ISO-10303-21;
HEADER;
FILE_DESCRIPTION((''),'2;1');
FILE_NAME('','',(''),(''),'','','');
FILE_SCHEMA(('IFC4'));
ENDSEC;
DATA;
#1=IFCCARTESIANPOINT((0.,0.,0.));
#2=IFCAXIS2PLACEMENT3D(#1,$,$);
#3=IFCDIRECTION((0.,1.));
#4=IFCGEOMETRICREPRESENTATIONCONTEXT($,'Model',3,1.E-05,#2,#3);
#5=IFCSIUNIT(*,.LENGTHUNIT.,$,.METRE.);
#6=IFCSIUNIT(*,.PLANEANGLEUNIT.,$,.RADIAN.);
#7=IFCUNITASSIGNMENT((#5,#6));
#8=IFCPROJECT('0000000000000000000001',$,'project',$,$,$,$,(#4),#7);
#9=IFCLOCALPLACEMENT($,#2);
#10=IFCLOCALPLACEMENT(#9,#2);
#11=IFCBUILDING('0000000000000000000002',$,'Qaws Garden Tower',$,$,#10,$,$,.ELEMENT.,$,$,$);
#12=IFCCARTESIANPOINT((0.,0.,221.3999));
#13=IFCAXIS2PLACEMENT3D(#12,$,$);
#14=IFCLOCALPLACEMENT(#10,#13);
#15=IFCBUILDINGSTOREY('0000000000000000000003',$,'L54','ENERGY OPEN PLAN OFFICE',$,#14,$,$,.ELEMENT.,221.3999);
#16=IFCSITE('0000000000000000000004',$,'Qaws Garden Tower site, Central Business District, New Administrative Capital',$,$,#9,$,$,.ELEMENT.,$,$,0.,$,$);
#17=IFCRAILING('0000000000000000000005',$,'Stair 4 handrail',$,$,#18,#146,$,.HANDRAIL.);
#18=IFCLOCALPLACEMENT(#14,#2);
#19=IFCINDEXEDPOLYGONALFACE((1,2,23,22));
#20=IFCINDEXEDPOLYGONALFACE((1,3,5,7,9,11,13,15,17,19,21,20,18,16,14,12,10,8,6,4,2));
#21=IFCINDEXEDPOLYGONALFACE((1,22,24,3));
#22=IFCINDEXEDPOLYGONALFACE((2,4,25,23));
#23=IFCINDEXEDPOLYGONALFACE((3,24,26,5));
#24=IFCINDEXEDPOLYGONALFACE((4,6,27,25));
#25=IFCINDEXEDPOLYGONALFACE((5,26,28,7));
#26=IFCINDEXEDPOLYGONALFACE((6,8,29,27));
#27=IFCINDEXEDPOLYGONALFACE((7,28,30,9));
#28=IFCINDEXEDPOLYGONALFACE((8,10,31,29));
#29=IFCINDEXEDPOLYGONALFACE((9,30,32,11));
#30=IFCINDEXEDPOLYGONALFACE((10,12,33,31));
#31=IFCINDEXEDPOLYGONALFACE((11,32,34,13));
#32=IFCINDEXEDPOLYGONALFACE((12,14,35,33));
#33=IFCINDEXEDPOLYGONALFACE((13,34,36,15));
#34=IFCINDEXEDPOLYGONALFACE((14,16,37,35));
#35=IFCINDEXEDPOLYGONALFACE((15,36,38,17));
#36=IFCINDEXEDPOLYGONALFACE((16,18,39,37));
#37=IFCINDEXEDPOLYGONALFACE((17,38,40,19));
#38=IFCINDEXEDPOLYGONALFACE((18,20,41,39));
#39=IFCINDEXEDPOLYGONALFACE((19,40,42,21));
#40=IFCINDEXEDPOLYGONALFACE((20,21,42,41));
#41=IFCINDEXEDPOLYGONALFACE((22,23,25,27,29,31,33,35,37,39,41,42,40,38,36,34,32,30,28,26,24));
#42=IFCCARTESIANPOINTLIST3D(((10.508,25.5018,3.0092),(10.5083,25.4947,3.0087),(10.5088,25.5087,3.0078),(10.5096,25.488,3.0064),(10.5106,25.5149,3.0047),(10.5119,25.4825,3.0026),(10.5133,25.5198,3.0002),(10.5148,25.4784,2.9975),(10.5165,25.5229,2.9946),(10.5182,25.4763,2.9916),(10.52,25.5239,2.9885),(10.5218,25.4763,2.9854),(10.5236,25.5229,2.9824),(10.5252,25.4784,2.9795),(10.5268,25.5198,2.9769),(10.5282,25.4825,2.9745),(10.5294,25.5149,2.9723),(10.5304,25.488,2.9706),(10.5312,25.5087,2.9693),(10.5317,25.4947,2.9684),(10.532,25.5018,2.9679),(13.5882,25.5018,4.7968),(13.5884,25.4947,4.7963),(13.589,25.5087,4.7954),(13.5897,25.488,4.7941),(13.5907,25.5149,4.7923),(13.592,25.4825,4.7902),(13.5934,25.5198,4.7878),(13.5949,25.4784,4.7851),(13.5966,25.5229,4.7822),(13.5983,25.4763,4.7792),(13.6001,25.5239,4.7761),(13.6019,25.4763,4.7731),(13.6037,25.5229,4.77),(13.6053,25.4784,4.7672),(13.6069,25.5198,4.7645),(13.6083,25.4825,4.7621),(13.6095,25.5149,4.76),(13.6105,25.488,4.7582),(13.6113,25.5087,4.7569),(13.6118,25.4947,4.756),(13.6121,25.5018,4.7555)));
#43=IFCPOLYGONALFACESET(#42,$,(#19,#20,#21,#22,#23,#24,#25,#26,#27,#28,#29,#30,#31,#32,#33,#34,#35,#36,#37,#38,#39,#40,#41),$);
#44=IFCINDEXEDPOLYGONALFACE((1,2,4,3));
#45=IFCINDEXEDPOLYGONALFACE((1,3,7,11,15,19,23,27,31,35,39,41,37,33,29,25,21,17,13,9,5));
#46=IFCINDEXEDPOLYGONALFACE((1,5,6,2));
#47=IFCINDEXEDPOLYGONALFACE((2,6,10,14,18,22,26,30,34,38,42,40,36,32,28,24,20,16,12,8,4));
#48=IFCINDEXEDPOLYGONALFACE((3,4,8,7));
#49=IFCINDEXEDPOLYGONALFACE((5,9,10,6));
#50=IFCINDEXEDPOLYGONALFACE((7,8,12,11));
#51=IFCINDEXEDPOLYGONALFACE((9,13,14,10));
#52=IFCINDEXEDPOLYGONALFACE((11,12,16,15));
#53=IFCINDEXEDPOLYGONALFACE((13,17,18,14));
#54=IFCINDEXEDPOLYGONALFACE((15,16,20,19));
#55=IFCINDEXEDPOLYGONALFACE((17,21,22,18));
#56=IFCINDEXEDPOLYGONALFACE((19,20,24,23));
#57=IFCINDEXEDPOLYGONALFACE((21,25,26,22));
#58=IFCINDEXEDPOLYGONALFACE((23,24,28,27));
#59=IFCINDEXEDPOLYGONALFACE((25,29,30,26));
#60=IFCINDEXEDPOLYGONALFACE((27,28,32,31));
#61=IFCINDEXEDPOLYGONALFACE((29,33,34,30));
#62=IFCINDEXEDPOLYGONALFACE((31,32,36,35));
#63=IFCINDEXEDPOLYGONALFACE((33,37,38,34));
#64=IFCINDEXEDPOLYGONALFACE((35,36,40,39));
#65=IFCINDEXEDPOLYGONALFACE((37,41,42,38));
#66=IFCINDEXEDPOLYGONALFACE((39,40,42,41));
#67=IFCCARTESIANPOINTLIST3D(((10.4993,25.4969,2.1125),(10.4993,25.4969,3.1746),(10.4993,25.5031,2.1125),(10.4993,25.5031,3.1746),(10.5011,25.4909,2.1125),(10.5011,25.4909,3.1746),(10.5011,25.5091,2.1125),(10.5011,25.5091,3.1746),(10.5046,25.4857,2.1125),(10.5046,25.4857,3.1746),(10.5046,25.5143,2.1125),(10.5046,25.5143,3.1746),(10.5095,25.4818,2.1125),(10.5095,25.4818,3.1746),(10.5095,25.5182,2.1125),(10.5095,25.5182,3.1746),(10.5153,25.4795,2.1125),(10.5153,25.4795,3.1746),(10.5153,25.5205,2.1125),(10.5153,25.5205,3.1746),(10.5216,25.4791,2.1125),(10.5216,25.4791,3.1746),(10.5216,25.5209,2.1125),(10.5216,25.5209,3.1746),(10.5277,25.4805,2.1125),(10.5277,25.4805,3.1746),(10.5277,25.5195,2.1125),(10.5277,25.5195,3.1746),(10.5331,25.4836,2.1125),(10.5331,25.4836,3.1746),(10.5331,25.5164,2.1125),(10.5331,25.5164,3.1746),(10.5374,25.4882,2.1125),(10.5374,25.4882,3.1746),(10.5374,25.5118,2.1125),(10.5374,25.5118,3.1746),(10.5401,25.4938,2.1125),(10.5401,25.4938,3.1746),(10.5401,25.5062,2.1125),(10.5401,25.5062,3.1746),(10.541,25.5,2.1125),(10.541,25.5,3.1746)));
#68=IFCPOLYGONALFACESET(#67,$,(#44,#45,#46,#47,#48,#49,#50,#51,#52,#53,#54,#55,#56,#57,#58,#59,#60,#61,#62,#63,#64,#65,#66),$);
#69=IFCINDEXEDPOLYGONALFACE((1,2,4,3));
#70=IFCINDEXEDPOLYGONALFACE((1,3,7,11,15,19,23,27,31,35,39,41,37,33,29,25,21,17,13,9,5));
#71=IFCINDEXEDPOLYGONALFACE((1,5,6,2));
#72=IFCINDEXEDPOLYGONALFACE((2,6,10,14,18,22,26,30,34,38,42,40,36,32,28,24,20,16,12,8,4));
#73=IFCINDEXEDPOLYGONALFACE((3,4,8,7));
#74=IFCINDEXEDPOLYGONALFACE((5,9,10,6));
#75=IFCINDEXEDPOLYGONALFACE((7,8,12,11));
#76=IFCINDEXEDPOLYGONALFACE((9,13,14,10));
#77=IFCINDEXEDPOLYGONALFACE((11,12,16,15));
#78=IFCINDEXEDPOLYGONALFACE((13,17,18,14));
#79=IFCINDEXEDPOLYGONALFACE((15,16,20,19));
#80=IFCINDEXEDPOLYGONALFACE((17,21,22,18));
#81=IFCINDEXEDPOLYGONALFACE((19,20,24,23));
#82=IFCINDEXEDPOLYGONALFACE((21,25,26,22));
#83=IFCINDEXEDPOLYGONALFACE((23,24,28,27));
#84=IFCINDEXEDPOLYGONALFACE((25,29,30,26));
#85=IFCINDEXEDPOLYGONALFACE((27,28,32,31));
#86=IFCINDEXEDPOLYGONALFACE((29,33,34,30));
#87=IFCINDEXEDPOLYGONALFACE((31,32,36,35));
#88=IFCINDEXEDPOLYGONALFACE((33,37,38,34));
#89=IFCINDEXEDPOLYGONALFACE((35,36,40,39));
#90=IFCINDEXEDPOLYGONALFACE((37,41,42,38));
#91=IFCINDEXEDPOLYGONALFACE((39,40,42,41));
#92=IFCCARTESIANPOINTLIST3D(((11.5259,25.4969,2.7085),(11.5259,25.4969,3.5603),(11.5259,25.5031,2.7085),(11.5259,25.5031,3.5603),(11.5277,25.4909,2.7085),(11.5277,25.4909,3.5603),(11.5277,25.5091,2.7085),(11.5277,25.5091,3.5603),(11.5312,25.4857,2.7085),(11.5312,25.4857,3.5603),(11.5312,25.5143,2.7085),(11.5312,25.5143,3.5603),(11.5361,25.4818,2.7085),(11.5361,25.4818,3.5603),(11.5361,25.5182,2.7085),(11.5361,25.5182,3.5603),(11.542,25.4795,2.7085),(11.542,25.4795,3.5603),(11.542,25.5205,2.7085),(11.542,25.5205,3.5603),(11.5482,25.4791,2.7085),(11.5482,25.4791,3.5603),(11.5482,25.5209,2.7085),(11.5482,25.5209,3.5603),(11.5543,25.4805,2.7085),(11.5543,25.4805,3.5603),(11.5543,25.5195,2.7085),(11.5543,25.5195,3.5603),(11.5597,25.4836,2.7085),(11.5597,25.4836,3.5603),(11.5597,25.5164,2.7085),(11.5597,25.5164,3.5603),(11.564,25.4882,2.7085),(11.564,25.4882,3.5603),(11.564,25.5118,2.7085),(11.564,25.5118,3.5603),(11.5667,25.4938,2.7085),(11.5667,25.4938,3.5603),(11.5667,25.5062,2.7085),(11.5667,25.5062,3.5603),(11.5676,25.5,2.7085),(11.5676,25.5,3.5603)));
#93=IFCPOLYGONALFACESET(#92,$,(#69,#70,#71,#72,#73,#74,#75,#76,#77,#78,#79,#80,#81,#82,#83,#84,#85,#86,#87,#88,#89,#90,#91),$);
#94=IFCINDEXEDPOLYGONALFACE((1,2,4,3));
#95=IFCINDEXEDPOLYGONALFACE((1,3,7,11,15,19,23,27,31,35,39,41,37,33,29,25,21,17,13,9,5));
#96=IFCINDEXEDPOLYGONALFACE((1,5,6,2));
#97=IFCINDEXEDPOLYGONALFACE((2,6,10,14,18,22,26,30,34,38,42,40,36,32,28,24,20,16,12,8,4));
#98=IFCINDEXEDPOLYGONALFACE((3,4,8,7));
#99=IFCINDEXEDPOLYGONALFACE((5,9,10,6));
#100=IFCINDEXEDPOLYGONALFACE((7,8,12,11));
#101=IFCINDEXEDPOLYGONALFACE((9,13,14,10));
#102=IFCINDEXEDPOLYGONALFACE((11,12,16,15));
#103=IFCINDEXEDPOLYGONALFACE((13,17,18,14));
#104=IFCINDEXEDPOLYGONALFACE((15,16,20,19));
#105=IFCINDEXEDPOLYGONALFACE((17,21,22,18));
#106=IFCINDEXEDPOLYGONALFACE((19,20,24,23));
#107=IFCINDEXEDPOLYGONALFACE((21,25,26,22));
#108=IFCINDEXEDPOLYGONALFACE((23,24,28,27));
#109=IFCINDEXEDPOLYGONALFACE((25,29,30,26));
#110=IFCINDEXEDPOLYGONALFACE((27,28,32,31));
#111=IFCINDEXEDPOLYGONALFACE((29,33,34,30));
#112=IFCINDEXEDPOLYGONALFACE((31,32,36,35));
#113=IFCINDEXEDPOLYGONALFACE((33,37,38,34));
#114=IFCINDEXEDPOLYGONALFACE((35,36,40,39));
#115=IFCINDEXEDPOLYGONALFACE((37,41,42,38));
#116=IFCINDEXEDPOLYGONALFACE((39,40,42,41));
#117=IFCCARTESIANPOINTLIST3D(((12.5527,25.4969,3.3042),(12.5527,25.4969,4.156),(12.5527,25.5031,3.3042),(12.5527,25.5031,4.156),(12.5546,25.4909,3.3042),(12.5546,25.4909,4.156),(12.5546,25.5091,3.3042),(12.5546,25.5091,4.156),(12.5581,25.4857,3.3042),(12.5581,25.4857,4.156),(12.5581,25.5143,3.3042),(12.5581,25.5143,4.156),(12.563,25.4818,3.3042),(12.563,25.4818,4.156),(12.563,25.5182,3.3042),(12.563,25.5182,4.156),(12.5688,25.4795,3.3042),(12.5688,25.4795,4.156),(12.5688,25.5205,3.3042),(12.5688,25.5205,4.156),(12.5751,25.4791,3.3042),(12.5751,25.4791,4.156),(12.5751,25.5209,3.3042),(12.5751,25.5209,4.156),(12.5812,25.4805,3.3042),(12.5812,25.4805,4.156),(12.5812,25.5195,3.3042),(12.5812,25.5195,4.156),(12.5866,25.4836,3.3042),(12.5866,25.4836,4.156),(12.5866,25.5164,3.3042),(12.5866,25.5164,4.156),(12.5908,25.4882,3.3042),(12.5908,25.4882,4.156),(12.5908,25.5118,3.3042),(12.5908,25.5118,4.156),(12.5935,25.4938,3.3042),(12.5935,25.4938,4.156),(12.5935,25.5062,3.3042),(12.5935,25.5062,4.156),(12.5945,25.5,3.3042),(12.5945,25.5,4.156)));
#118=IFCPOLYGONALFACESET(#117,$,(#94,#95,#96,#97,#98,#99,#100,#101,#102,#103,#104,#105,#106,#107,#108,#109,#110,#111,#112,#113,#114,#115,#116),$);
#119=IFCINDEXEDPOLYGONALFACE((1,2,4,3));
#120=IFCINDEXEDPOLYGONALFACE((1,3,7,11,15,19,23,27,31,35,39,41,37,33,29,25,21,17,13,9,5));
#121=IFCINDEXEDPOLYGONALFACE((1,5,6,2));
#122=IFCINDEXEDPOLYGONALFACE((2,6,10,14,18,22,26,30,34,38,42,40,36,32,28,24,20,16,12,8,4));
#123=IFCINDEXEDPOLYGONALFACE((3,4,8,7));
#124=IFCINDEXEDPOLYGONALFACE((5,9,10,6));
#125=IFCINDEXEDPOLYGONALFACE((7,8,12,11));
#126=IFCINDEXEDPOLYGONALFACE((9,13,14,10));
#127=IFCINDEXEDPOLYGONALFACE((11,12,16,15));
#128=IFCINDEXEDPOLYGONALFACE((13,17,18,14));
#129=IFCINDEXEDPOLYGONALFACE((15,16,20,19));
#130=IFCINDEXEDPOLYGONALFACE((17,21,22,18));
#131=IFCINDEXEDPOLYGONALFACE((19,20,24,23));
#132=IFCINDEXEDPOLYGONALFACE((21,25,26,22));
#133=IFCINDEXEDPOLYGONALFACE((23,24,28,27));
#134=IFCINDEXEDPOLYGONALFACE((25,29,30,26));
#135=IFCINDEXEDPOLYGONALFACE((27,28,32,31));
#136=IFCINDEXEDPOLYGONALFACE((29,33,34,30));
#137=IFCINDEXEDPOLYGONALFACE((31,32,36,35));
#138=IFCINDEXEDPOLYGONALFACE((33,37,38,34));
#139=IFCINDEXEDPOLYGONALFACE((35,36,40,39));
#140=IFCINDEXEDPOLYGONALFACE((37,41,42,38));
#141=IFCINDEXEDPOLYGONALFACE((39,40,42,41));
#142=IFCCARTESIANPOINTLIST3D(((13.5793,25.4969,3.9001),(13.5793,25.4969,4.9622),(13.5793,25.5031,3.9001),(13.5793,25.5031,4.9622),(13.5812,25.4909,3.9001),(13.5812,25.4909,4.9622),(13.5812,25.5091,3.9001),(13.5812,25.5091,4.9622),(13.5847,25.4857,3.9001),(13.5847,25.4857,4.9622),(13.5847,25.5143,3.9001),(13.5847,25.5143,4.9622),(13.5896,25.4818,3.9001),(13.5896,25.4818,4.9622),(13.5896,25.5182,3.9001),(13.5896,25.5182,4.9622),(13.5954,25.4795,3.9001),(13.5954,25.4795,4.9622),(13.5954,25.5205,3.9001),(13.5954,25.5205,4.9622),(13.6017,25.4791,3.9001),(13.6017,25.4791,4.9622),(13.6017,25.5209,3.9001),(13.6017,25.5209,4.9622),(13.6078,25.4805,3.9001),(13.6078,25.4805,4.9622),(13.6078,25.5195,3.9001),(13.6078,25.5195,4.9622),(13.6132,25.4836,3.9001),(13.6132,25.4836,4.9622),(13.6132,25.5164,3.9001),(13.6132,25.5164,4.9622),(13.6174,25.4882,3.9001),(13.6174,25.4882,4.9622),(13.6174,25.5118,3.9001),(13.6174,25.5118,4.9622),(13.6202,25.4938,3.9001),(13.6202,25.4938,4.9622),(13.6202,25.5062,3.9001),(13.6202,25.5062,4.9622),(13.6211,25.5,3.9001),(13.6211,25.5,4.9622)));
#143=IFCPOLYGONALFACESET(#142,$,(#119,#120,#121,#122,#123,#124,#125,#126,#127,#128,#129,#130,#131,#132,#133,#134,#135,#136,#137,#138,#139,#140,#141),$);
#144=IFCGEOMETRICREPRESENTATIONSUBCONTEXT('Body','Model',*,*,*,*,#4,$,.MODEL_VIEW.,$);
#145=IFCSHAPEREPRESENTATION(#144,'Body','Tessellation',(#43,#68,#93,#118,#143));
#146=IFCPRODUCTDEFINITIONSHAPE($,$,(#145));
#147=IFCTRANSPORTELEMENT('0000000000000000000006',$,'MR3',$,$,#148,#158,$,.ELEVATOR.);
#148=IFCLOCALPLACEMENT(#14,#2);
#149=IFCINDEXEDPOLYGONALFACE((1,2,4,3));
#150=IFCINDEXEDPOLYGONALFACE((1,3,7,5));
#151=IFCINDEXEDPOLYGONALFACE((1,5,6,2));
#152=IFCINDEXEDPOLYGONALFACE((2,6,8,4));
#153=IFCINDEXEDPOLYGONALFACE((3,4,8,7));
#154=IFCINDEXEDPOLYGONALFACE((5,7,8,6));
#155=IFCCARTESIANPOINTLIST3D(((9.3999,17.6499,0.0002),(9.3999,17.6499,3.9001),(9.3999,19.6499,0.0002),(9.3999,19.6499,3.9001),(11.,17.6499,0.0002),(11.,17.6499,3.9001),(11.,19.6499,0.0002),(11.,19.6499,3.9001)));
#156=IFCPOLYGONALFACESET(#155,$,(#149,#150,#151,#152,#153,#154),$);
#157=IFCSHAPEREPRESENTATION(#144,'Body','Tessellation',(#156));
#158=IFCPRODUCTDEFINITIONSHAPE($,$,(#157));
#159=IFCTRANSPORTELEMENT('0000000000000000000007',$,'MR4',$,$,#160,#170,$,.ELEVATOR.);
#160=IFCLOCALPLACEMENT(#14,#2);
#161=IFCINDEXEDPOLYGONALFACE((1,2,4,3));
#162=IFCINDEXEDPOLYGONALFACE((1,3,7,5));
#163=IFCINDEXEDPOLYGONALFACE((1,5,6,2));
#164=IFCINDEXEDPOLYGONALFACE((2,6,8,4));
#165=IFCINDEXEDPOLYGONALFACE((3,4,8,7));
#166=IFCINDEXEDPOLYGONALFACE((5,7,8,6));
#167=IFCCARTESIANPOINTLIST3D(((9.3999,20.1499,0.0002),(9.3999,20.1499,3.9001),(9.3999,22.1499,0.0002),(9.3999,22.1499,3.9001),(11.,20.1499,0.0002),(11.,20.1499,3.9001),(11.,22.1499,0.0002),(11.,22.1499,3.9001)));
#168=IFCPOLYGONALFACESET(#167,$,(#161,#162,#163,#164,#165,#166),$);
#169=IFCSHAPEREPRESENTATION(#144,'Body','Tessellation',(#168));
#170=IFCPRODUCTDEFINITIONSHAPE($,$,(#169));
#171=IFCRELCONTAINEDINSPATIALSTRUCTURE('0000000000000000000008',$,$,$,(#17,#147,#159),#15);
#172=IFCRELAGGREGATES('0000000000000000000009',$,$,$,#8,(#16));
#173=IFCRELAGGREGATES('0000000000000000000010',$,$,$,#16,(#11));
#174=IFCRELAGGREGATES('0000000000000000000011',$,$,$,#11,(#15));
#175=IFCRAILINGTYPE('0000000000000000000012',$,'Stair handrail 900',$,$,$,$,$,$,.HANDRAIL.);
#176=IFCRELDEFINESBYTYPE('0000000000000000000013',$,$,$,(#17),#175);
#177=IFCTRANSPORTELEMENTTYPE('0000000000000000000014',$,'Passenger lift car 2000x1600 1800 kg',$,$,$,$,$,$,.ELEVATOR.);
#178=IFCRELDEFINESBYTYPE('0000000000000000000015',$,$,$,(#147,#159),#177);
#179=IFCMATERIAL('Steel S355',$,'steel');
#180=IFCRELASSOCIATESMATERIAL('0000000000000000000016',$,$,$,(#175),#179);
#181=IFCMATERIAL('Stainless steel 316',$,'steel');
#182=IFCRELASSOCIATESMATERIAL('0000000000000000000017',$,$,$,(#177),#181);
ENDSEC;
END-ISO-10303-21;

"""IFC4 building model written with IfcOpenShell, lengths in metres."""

from ifc_helpers import new_model, si_unit, direction, frame, origin, origin_2d, place, context, subcontext, project, spatial, rectangle, circle, extrude, material, type_object, element, save


model = new_model("IFC4")

# Units and contexts
model_context = context("Model", 3, precision=1e-05, world=origin(), true_north=direction((0.0, 1.0)))
body_context = subcontext(model_context, "Body", "Model", "MODEL_VIEW")
ifc_project = project(units=[si_unit("LENGTHUNIT", "METRE"), si_unit("PLANEANGLEUNIT", "RADIAN")], contexts=[model_context])

# Site, building, storey
site_placement = place(None, origin())
site = spatial("IfcSite", under=ifc_project, at=site_placement, Name="Qaws Garden Tower site, Central Business District, New Administrative Capital", CompositionType="ELEMENT", RefElevation=0.0)
building_placement = place(site_placement, origin())
building = spatial("IfcBuilding", under=site, at=building_placement, Name="Qaws Garden Tower", CompositionType="ELEMENT")
storey_placement = place(building_placement, frame((0.0, 0.0, 221.3999)))
storey = spatial("IfcBuildingStorey", under=building, at=storey_placement, Name="L54", Description="ENERGY OPEN PLAN OFFICE", CompositionType="ELEMENT", Elevation=221.3999)

# Railing
ifc_material_1 = material(Name="Steel S355", Category="steel")
railing_type = type_object("IfcRailingType", Name="Stair handrail 900", PredefinedType="HANDRAIL", material=ifc_material_1)
railing_placement = place(storey_placement, frame((10.52, 25.5, 2.1125)))
element("IfcRailing", 1, at=railing_placement, inside=storey, type_object=railing_type, Name="Stair 4 handrail", PredefinedType="HANDRAIL", context=body_context, shape_type="SweptSolid", body=[
    extrude(circle(Radius=0.0239, at=origin_2d()), frame((0.0, 0.0, 0.876), z_axis=(0.864891, 0.0, 0.50196), x_axis=(0.0, 1.0, 0.0)), (0.0, 0.0, 1.0), 3.5613),
    extrude(circle(Radius=0.021, at=origin_2d()), origin(), (0.0, 0.0, 1.0), 1.062),
    extrude(circle(Radius=0.021, at=origin_2d()), frame((1.0266, 0.0, 0.5959)), (0.0, 0.0, 1.0), 0.8518),
    extrude(circle(Radius=0.021, at=origin_2d()), frame((2.0535, 0.0, 1.1917)), (0.0, 0.0, 1.0), 0.8518),
    extrude(circle(Radius=0.021, at=origin_2d()), frame((3.0801, 0.0, 1.7876)), (0.0, 0.0, 1.0), 1.062),
])

# Transport elements
ifc_material_2 = material(Name="Stainless steel 316", Category="steel")
transport_element_type = type_object("IfcTransportElementType", Name="Passenger lift car 2000x1600 1800 kg", PredefinedType="ELEVATOR", material=ifc_material_2)
for number, where, z_axis, x_axis, name in (
    (2, (10.2, 18.6499, 0.0002), (0.0, 0.0, 1.0), (1.0, 0.0, 0.0), "MR3"),
    (3, (10.2, 21.1499, 0.0002), (0.0, 0.0, 1.0), (1.0, 0.0, 0.0), "MR4"),
):
    element("IfcTransportElement", number, at=place(storey_placement, frame(where, z_axis=z_axis, x_axis=x_axis)), inside=storey, type_object=transport_element_type, Name=name, PredefinedType="ELEVATOR", context=body_context, shape_type="SweptSolid", body=[
        extrude(rectangle(XDim=1.6001, YDim=2.0, at=origin_2d()), origin(), (0.0, 0.0, 1.0), 3.8999),
    ])

save(model, "model.ifc")
